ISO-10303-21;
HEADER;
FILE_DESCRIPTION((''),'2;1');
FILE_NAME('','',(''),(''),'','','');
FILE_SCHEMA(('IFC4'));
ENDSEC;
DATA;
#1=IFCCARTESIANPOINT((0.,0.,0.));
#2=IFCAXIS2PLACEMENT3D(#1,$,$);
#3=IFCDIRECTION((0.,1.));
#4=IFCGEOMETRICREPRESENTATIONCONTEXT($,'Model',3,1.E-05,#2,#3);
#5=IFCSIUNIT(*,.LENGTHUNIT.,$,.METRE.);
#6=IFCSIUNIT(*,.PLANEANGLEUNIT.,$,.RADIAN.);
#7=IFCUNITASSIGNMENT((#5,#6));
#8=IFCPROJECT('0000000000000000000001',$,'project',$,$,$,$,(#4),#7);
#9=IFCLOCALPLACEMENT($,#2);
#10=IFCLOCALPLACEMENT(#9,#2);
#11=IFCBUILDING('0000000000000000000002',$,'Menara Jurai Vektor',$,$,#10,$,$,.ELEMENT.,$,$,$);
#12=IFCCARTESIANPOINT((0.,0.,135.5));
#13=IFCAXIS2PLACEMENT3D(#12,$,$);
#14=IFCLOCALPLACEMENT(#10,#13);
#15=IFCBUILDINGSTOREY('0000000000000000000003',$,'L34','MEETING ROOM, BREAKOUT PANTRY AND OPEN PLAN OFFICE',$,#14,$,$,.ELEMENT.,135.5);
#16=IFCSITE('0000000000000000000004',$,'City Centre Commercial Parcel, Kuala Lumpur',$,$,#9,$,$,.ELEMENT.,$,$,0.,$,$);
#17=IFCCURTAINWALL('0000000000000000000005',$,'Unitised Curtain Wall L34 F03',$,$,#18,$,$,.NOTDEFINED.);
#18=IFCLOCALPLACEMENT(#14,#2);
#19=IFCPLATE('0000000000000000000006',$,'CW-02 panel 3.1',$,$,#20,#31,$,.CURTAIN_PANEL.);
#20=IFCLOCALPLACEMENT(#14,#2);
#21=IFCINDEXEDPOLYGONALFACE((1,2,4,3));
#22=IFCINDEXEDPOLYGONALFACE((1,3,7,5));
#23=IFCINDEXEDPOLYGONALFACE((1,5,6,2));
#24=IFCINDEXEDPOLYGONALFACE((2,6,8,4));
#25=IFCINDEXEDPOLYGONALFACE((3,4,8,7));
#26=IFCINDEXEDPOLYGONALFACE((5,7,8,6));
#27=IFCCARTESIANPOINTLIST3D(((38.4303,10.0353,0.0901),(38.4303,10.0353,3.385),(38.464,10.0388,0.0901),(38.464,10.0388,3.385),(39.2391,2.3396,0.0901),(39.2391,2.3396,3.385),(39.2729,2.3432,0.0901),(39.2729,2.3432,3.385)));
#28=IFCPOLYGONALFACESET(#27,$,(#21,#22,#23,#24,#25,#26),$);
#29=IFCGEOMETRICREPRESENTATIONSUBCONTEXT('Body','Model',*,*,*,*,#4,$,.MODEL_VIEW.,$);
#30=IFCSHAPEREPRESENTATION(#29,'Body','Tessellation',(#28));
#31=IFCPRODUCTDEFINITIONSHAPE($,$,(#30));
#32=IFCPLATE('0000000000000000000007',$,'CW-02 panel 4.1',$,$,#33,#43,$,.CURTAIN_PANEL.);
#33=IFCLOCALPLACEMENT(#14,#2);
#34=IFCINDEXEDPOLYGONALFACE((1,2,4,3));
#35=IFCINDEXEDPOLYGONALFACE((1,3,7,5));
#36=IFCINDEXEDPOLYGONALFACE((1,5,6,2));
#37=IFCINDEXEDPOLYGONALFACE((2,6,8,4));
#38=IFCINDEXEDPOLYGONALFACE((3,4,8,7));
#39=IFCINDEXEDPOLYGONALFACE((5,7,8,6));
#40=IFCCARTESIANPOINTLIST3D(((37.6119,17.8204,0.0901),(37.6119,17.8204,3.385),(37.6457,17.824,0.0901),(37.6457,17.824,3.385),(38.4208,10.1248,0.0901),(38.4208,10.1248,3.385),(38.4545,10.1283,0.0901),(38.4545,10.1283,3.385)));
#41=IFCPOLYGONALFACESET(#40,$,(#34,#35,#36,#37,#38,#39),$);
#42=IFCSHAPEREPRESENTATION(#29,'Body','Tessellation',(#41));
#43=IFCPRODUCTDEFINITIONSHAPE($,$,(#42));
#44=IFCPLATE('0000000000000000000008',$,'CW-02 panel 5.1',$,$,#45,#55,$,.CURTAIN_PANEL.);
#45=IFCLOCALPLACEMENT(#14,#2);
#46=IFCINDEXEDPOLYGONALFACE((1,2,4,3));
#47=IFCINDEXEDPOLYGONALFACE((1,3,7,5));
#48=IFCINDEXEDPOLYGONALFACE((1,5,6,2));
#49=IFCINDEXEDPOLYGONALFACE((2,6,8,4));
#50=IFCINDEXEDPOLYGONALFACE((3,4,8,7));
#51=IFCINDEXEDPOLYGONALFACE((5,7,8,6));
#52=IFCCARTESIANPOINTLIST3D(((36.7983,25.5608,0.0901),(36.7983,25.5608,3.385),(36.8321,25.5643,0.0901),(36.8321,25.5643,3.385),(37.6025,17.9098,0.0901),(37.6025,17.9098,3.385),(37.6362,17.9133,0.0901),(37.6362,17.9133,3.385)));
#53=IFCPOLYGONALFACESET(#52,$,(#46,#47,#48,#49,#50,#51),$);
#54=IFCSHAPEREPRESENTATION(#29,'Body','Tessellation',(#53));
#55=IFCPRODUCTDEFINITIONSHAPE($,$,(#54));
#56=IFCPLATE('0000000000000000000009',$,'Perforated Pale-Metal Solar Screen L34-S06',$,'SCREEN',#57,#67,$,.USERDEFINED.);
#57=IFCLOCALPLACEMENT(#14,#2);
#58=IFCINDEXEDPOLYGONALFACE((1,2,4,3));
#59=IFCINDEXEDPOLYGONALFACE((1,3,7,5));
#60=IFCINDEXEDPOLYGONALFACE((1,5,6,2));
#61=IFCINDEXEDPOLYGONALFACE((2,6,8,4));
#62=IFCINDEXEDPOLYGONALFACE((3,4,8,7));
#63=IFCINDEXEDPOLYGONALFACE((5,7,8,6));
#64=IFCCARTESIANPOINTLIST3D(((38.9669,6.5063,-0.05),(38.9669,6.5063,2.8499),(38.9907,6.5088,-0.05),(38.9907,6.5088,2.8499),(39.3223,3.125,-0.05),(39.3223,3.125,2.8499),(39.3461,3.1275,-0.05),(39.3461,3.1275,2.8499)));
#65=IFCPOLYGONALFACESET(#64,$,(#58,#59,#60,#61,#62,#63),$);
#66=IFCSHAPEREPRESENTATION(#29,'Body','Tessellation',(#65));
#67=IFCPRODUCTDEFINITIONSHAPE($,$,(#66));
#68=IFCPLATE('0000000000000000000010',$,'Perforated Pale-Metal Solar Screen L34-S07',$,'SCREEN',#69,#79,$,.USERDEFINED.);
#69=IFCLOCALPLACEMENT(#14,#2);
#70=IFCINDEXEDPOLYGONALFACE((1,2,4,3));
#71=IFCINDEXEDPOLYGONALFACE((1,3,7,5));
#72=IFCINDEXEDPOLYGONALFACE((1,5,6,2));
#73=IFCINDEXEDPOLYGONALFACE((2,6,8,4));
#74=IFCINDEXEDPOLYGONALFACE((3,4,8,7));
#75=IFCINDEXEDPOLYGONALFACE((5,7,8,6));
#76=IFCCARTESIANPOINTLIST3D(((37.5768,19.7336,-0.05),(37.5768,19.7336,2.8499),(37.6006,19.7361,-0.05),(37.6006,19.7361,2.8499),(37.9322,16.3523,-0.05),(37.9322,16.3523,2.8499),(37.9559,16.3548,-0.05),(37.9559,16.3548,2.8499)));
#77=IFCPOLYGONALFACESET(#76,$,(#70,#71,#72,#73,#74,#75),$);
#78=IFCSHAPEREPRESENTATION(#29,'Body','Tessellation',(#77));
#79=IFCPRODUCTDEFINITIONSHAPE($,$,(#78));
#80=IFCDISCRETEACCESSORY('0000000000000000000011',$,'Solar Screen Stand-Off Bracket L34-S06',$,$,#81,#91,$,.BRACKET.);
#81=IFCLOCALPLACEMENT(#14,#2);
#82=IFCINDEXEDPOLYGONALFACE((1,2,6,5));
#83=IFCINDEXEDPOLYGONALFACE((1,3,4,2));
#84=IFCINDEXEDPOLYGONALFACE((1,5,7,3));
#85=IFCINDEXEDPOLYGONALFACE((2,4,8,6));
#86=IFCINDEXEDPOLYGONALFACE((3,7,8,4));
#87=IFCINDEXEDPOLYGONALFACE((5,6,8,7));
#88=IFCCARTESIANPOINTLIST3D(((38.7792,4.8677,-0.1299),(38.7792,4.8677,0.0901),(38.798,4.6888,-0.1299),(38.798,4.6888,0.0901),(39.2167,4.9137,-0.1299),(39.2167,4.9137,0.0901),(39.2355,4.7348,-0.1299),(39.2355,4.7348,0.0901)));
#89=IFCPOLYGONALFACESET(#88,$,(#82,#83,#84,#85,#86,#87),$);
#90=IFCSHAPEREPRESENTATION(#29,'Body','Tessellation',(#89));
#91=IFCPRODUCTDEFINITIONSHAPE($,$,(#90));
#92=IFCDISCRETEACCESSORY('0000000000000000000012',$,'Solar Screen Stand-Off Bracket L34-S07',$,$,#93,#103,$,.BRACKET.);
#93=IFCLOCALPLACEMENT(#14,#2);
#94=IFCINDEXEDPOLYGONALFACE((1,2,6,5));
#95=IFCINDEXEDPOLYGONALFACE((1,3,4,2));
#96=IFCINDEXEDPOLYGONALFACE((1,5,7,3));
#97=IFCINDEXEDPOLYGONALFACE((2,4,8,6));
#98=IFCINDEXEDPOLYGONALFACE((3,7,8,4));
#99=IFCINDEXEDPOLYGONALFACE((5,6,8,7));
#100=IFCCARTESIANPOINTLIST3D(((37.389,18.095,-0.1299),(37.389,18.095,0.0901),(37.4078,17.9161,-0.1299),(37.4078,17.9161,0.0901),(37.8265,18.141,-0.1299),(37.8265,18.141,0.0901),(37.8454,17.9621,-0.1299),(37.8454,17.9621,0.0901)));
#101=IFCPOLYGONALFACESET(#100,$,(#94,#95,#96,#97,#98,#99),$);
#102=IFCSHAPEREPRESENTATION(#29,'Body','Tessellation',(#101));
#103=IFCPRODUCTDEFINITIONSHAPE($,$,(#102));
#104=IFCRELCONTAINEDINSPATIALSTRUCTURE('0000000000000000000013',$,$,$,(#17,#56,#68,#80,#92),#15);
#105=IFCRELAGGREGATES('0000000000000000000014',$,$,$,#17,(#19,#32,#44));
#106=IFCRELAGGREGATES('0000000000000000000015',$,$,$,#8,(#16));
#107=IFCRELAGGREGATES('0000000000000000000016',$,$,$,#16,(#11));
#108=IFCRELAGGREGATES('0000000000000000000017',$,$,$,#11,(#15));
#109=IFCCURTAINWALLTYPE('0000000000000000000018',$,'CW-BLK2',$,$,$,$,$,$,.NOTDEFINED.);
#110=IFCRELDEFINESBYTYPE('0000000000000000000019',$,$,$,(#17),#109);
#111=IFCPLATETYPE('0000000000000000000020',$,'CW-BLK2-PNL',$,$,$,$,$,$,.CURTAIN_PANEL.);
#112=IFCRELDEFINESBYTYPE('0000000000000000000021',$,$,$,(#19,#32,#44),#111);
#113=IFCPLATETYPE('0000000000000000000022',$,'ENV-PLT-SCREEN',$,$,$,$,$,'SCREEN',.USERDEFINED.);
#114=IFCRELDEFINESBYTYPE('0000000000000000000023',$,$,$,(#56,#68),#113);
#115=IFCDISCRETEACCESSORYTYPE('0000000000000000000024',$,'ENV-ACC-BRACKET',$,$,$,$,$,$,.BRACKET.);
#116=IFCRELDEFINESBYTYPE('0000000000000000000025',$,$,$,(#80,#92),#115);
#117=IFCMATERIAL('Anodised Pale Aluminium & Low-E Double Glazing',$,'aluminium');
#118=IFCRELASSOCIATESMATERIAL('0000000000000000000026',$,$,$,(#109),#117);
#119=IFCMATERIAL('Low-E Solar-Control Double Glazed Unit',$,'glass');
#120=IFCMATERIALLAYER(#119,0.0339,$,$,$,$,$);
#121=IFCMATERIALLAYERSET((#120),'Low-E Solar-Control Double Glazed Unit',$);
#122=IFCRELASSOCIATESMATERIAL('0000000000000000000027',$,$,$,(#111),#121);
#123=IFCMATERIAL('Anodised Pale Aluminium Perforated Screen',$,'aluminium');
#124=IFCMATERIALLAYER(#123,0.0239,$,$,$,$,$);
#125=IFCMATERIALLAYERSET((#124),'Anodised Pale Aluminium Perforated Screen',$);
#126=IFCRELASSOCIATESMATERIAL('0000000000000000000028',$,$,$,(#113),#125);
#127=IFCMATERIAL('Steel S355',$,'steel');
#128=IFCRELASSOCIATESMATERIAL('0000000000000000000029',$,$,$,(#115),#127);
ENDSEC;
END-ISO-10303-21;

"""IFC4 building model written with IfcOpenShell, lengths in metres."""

from ifc_helpers import new_model, si_unit, direction, frame, origin, origin_2d, place, context, subcontext, project, spatial, rectangle, extrude, material, layer, layer_set, type_object, element, aggregate, save


model = new_model("IFC4")

# Units and contexts
model_context = context("Model", 3, precision=1e-05, world=origin(), true_north=direction((0.0, 1.0)))
body_context = subcontext(model_context, "Body", "Model", "MODEL_VIEW")
ifc_project = project(units=[si_unit("LENGTHUNIT", "METRE"), si_unit("PLANEANGLEUNIT", "RADIAN")], contexts=[model_context])

# Site, building, storey
site_placement = place(None, origin())
site = spatial("IfcSite", under=ifc_project, at=site_placement, Name="City Centre Commercial Parcel, Kuala Lumpur", CompositionType="ELEMENT", RefElevation=0.0)
building_placement = place(site_placement, origin())
building = spatial("IfcBuilding", under=site, at=building_placement, Name="Menara Jurai Vektor", CompositionType="ELEMENT")
storey_placement = place(building_placement, frame((0.0, 0.0, 135.5)))
storey = spatial("IfcBuildingStorey", under=building, at=storey_placement, Name="L34", Description="MEETING ROOM, BREAKOUT PANTRY AND OPEN PLAN OFFICE", CompositionType="ELEMENT", Elevation=135.5)

# Curtain wall
ifc_material_1 = material(Name="Anodised Pale Aluminium & Low-E Double Glazing", Category="aluminium")
curtain_wall_type = type_object("IfcCurtainWallType", Name="CW-BLK2", PredefinedType="NOTDEFINED", material=ifc_material_1)
curtain_wall_placement = place(storey_placement, origin())
curtain_wall = element("IfcCurtainWall", 1, at=curtain_wall_placement, inside=storey, type_object=curtain_wall_type, Name="Unitised Curtain Wall L34 F03", PredefinedType="NOTDEFINED")

# Shared definitions
ifc_material_2 = material(Name="Steel S355", Category="steel")

# Plates
ifc_material_3 = material(Name="Low-E Solar-Control Double Glazed Unit", Category="glass")
ifc_layer_1 = layer(ifc_material_3, 0.0339)
ifc_layer_set_1 = layer_set([ifc_layer_1], Name="Low-E Solar-Control Double Glazed Unit")
plate_type_1 = type_object("IfcPlateType", Name="CW-BLK2-PNL", PredefinedType="CURTAIN_PANEL", material=ifc_layer_set_1)
plate_1_placement = place(storey_placement, frame((38.8516, 6.1892, 0.0901), z_axis=(0.0, 0.0, 1.0), x_axis=(-0.10453, 0.994522, 0.0)))
plate_1 = element("IfcPlate", 2, at=plate_1_placement, type_object=plate_type_1, Name="CW-02 panel 3.1", PredefinedType="CURTAIN_PANEL", context=body_context, shape_type="SweptSolid", body=[
    extrude(rectangle(XDim=7.738, YDim=0.0339, at=origin_2d()), origin(), (0.0, 0.0, 1.0), 3.2949),
])
plate_2_placement = place(storey_placement, frame((38.0332, 13.9744, 0.0901), z_axis=(0.0, 0.0, 1.0), x_axis=(-0.10453, 0.994522, 0.0)))
plate_2 = element("IfcPlate", 3, at=plate_2_placement, type_object=plate_type_1, Name="CW-02 panel 4.1", PredefinedType="CURTAIN_PANEL", context=body_context, shape_type="SweptSolid", body=[
    extrude(rectangle(XDim=7.738, YDim=0.0339, at=origin_2d()), origin(), (0.0, 0.0, 1.0), 3.2949),
])
plate_3_placement = place(storey_placement, frame((37.2173, 21.7371, 0.0901), z_axis=(0.0, 0.0, 1.0), x_axis=(-0.10453, 0.994522, 0.0)))
plate_3 = element("IfcPlate", 4, at=plate_3_placement, type_object=plate_type_1, Name="CW-02 panel 5.1", PredefinedType="CURTAIN_PANEL", context=body_context, shape_type="SweptSolid", body=[
    extrude(rectangle(XDim=7.6931, YDim=0.0339, at=origin_2d()), origin(), (0.0, 0.0, 1.0), 3.2949),
])
aggregate(curtain_wall, [plate_1, plate_2, plate_3])

# Plates
ifc_material_4 = material(Name="Anodised Pale Aluminium Perforated Screen", Category="aluminium")
ifc_layer_2 = layer(ifc_material_4, 0.0239)
ifc_layer_set_2 = layer_set([ifc_layer_2], Name="Anodised Pale Aluminium Perforated Screen")
plate_type_2 = type_object("IfcPlateType", Name="ENV-PLT-SCREEN", ElementType="SCREEN", PredefinedType="USERDEFINED", material=ifc_layer_set_2)
for number, where, z_axis, x_axis, name in (
    (5, (39.1565, 4.8169, -0.05), (0.0, 0.0, 1.0), (-0.104528, 0.994522, 0.0), "Perforated Pale-Metal Solar Screen L34-S06"),
    (6, (37.7664, 18.0442, -0.05), (0.0, 0.0, 1.0), (-0.104528, 0.994522, 0.0), "Perforated Pale-Metal Solar Screen L34-S07"),
):
    element("IfcPlate", number, at=place(storey_placement, frame(where, z_axis=z_axis, x_axis=x_axis)), inside=storey, type_object=plate_type_2, Name=name, ObjectType="SCREEN", PredefinedType="USERDEFINED", context=body_context, shape_type="SweptSolid", body=[
        extrude(rectangle(XDim=3.3999, YDim=0.0239, at=origin_2d()), origin(), (0.0, 0.0, 1.0), 2.8999),
    ])

# Discrete accessories
discrete_accessory_type = type_object("IfcDiscreteAccessoryType", Name="ENV-ACC-BRACKET", PredefinedType="BRACKET", material=ifc_material_2)
for number, where, z_axis, x_axis, name in (
    (7, (39.0073, 4.8013, -0.1299), (0.0, 0.0, 1.0), (-0.104528, 0.994522, 0.0), "Solar Screen Stand-Off Bracket L34-S06"),
    (8, (37.6172, 18.0286, -0.1299), (0.0, 0.0, 1.0), (-0.104528, 0.994522, 0.0), "Solar Screen Stand-Off Bracket L34-S07"),
):
    element("IfcDiscreteAccessory", number, at=place(storey_placement, frame(where, z_axis=z_axis, x_axis=x_axis)), inside=storey, type_object=discrete_accessory_type, Name=name, PredefinedType="BRACKET", context=body_context, shape_type="SweptSolid", body=[
        extrude(rectangle(XDim=0.1799, YDim=0.4399, at=origin_2d()), origin(), (0.0, 0.0, 1.0), 0.22),
    ])

save(model, "model.ifc")
